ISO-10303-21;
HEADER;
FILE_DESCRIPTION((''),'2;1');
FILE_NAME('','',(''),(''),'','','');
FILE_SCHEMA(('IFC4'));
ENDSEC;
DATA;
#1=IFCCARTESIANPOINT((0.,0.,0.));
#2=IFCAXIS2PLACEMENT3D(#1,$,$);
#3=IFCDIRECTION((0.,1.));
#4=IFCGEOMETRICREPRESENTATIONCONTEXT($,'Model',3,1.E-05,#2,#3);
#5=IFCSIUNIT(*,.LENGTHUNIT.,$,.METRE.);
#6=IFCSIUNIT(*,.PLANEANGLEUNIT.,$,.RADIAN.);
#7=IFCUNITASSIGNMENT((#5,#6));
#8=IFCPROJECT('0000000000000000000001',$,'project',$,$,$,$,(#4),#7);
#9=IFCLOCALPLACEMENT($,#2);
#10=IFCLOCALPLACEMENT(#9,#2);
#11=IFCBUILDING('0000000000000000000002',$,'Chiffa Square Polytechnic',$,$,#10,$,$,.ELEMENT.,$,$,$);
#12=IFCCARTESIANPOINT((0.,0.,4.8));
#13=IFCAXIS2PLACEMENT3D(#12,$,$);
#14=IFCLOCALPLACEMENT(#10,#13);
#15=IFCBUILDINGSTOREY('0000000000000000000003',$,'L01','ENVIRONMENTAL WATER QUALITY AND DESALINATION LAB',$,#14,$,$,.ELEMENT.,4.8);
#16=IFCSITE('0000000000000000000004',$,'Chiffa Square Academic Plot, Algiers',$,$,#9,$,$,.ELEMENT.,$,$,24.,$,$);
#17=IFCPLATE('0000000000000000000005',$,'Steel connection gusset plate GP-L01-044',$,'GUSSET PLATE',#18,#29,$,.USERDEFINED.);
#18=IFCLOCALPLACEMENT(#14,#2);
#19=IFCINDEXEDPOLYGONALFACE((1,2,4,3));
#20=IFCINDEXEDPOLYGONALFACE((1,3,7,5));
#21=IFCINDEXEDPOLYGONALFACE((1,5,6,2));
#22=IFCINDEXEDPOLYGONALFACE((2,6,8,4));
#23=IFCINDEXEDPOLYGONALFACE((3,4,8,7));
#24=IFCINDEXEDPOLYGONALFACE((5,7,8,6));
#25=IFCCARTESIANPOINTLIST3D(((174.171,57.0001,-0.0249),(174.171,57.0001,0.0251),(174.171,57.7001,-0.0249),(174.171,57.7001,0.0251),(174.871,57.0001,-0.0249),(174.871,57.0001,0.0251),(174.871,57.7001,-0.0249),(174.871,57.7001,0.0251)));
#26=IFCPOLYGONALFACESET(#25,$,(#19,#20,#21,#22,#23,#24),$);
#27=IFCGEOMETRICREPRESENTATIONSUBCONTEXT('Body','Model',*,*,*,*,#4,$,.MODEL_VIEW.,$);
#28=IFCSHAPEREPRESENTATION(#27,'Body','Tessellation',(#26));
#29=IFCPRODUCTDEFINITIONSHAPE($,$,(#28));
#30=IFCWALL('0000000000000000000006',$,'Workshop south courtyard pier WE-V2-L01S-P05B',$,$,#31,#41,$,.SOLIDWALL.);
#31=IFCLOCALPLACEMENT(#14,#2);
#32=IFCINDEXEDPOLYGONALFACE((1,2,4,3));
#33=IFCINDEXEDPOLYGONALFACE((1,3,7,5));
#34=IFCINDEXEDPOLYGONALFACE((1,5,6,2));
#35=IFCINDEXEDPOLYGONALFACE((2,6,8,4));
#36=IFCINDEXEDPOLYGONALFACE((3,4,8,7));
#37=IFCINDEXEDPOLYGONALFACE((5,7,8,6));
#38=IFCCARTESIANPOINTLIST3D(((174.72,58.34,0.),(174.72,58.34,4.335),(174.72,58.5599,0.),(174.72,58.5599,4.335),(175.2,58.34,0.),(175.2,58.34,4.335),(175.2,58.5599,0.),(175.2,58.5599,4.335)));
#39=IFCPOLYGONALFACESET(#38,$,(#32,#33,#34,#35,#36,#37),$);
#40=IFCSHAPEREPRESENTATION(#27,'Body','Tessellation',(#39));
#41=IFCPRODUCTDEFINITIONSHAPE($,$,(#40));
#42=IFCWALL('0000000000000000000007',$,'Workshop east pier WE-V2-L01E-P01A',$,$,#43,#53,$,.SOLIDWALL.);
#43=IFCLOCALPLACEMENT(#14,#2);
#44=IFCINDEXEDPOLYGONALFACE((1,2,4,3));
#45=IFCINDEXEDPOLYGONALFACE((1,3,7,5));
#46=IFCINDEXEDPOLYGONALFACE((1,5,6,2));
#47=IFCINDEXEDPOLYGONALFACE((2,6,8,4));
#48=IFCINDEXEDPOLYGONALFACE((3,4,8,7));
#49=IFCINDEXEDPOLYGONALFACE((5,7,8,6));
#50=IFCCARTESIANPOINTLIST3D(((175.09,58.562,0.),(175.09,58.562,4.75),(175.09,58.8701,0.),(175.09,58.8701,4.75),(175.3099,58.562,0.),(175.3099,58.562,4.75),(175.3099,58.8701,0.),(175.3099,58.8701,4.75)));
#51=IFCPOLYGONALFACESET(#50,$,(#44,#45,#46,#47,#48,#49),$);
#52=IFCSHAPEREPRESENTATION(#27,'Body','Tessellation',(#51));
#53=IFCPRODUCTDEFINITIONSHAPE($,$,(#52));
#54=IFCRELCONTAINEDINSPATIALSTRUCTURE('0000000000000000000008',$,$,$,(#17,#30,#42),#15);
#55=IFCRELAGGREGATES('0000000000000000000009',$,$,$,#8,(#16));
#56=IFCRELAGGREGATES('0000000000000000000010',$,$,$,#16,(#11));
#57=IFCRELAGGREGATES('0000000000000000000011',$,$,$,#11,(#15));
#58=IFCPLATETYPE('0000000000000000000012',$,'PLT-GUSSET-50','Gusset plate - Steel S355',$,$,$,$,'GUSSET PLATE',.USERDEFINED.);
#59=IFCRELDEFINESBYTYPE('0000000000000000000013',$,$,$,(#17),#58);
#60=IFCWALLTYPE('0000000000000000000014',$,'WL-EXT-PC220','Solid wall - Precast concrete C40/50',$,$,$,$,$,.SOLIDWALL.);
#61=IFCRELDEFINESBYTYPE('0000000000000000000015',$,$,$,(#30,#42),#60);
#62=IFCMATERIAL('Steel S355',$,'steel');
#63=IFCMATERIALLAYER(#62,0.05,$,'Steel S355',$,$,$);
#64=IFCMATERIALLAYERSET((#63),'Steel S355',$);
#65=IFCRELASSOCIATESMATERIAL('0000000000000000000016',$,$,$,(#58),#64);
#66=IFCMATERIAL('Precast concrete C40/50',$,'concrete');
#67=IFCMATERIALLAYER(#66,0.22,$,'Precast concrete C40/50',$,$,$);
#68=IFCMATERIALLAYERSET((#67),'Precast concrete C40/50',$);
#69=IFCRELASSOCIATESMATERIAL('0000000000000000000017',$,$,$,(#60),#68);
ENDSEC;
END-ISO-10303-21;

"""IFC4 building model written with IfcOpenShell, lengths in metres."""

from ifc_helpers import new_model, si_unit, direction, frame, frame_2d, origin, origin_2d, place, context, subcontext, project, spatial, rectangle, extrude, material, layer, layer_set, type_object, element, save


model = new_model("IFC4")

# Units and contexts
model_context = context("Model", 3, precision=1e-05, world=origin(), true_north=direction((0.0, 1.0)))
body_context = subcontext(model_context, "Body", "Model", "MODEL_VIEW")
ifc_project = project(units=[si_unit("LENGTHUNIT", "METRE"), si_unit("PLANEANGLEUNIT", "RADIAN")], contexts=[model_context])

# Site, building, storey
site_placement = place(None, origin())
site = spatial("IfcSite", under=ifc_project, at=site_placement, Name="Chiffa Square Academic Plot, Algiers", CompositionType="ELEMENT", RefElevation=24.0)
building_placement = place(site_placement, origin())
building = spatial("IfcBuilding", under=site, at=building_placement, Name="Chiffa Square Polytechnic", CompositionType="ELEMENT")
storey_placement = place(building_placement, frame((0.0, 0.0, 4.8)))
storey = spatial("IfcBuildingStorey", under=building, at=storey_placement, Name="L01", Description="ENVIRONMENTAL WATER QUALITY AND DESALINATION LAB", CompositionType="ELEMENT", Elevation=4.8)

# Shared definitions
ifc_material_1 = material(Name="Steel S355", Category="steel")

# Plate
ifc_layer_1 = layer(ifc_material_1, 0.05, Name="Steel S355")
ifc_layer_set_1 = layer_set([ifc_layer_1], Name="Steel S355")
plate_type_1 = type_object("IfcPlateType", Name="PLT-GUSSET-50", Description="Gusset plate - Steel S355", ElementType="GUSSET PLATE", PredefinedType="USERDEFINED", material=ifc_layer_set_1)
plate_1_placement = place(storey_placement, frame((174.521, 57.3501, -0.0249), z_axis=(0.0, 0.0, 1.0), x_axis=(1.0, 0.0, 0.0)))
element("IfcPlate", 1, at=plate_1_placement, inside=storey, type_object=plate_type_1, Name="Steel connection gusset plate GP-L01-044", ObjectType="GUSSET PLATE", PredefinedType="USERDEFINED", context=body_context, shape_type="SweptSolid", body=[
    extrude(rectangle(XDim=0.7, YDim=0.7, at=origin_2d()), origin(), (0.0, 0.0, 1.0), 0.05),
])

# Walls
ifc_material_2 = material(Name="Precast concrete C40/50", Category="concrete")
ifc_layer_2 = layer(ifc_material_2, 0.22, Name="Precast concrete C40/50")
ifc_layer_set_2 = layer_set([ifc_layer_2], Name="Precast concrete C40/50")
wall_type = type_object("IfcWallType", Name="WL-EXT-PC220", Description="Solid wall - Precast concrete C40/50", PredefinedType="SOLIDWALL", material=ifc_layer_set_2)
wall_1_placement = place(storey_placement, frame((174.72, 58.45, 0.0), z_axis=(0.0, 0.0, 1.0), x_axis=(1.0, 0.0, 0.0)))
element("IfcWall", 2, at=wall_1_placement, inside=storey, type_object=wall_type, Name="Workshop south courtyard pier WE-V2-L01S-P05B", PredefinedType="SOLIDWALL", context=body_context, shape_type="SweptSolid", body=[
    extrude(rectangle(XDim=0.48, YDim=0.22, at=frame_2d((0.24, 0.0))), origin(), (0.0, 0.0, 1.0), 4.335),
])
wall_2_placement = place(storey_placement, frame((175.2, 58.562, 0.0), z_axis=(0.0, 0.0, 1.0), x_axis=(0.0, 1.0, 0.0)))
element("IfcWall", 3, at=wall_2_placement, inside=storey, type_object=wall_type, Name="Workshop east pier WE-V2-L01E-P01A", PredefinedType="SOLIDWALL", context=body_context, shape_type="SweptSolid", body=[
    extrude(rectangle(XDim=0.3081, YDim=0.22, at=frame_2d((0.1541, 0.0))), origin(), (0.0, 0.0, 1.0), 4.75),
])

save(model, "model.ifc")
